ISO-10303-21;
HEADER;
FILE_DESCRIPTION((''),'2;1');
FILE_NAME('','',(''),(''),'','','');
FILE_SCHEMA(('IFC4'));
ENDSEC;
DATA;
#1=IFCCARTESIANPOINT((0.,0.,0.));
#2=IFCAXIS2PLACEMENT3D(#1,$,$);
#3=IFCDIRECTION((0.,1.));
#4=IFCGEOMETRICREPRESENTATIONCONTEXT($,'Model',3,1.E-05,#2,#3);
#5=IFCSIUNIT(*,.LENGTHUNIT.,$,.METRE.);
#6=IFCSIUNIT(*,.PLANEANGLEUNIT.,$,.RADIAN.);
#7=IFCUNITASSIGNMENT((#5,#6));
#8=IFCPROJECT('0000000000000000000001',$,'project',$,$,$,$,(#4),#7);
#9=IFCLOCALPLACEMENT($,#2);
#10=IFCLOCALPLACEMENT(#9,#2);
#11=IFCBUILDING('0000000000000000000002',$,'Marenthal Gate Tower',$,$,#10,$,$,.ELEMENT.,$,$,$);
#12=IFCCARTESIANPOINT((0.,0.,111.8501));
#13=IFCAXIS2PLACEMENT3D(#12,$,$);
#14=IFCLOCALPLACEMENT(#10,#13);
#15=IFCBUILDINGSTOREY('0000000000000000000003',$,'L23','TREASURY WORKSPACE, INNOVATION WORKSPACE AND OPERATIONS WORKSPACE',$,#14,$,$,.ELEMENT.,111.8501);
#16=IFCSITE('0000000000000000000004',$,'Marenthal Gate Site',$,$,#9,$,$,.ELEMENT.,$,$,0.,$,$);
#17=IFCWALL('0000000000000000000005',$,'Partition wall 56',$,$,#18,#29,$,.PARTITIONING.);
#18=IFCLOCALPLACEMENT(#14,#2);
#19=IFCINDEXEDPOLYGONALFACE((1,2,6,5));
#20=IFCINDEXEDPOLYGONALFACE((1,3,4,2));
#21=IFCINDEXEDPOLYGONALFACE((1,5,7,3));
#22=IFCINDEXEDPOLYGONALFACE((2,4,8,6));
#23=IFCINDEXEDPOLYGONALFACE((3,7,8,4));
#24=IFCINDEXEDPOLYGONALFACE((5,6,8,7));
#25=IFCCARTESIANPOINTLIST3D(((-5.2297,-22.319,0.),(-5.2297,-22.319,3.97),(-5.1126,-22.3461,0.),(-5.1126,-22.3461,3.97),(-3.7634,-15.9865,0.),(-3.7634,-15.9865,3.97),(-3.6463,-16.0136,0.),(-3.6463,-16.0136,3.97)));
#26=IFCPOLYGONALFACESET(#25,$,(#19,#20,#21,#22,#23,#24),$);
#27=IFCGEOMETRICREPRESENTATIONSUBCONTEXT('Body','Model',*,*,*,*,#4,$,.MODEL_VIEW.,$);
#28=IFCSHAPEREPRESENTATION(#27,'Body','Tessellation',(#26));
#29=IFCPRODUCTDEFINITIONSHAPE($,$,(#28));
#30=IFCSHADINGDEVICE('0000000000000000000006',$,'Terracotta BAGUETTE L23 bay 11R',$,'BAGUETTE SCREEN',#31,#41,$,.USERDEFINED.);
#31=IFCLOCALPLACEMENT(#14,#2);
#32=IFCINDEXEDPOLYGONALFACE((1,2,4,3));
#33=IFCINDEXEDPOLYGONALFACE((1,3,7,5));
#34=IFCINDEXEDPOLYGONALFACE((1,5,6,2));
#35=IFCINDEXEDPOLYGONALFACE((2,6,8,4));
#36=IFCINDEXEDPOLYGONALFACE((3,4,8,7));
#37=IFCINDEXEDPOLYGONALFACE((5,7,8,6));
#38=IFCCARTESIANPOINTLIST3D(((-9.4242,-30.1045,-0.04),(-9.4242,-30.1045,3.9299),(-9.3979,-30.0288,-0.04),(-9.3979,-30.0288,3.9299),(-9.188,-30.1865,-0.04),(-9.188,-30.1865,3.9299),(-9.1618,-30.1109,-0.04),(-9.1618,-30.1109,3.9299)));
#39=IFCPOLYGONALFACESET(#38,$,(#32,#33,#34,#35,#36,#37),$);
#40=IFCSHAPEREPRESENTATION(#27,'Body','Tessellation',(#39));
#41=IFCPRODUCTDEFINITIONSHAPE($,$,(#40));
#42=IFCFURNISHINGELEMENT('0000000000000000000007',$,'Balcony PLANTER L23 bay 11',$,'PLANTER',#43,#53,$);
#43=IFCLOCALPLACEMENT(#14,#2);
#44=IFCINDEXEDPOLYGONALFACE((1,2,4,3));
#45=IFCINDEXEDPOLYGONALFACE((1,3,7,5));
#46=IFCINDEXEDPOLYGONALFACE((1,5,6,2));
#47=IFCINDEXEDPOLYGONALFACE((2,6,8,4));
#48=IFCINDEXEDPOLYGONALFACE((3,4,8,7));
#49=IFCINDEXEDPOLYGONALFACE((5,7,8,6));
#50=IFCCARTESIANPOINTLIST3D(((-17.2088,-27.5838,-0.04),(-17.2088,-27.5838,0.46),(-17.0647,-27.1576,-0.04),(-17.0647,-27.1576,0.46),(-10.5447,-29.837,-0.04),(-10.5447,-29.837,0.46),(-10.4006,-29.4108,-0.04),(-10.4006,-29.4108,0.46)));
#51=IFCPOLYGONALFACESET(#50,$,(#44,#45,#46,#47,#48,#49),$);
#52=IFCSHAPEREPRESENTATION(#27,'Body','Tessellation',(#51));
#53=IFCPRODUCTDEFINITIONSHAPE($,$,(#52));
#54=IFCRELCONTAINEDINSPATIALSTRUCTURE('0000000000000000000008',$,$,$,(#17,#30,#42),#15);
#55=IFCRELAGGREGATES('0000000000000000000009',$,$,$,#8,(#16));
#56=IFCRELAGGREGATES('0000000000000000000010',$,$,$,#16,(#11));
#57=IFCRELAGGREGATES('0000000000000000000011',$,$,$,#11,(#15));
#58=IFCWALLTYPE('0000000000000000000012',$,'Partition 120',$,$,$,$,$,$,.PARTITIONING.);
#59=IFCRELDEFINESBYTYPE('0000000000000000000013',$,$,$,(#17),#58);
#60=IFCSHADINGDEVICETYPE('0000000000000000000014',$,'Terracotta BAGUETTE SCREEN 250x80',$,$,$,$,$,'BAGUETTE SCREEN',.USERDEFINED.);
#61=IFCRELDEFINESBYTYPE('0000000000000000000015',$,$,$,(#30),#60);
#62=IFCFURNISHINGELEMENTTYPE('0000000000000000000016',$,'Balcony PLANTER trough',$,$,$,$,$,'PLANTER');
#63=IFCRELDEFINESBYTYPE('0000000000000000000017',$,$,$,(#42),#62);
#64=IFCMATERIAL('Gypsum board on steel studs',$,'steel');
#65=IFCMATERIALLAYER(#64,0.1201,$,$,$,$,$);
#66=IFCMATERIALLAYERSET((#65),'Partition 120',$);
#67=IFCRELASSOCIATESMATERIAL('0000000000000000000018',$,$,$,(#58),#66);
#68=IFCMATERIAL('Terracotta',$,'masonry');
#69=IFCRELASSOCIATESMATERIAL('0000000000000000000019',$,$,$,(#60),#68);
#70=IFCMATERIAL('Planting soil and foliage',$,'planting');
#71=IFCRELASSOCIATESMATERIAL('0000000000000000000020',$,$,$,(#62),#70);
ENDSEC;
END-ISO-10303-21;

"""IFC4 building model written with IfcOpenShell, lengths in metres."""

from ifc_helpers import new_model, si_unit, direction, frame, frame_2d, origin, origin_2d, place, context, subcontext, project, spatial, rectangle, extrude, material, layer, layer_set, material_profile, profile_set, type_object, element, save


model = new_model("IFC4")

# Units and contexts
model_context = context("Model", 3, precision=1e-05, world=origin(), true_north=direction((0.0, 1.0)))
body_context = subcontext(model_context, "Body", "Model", "MODEL_VIEW")
ifc_project = project(units=[si_unit("LENGTHUNIT", "METRE"), si_unit("PLANEANGLEUNIT", "RADIAN")], contexts=[model_context])

# Site, building, storey
site_placement = place(None, origin())
site = spatial("IfcSite", under=ifc_project, at=site_placement, Name="Marenthal Gate Site", CompositionType="ELEMENT", RefElevation=0.0)
building_placement = place(site_placement, origin())
building = spatial("IfcBuilding", under=site, at=building_placement, Name="Marenthal Gate Tower", CompositionType="ELEMENT")
storey_placement = place(building_placement, frame((0.0, 0.0, 111.8501)))
storey = spatial("IfcBuildingStorey", under=building, at=storey_placement, Name="L23", Description="TREASURY WORKSPACE, INNOVATION WORKSPACE AND OPERATIONS WORKSPACE", CompositionType="ELEMENT", Elevation=111.8501)

# Wall
ifc_material_1 = material(Name="Gypsum board on steel studs", Category="steel")
ifc_layer_1 = layer(ifc_material_1, 0.1201)
ifc_layer_set_1 = layer_set([ifc_layer_1], Name="Partition 120")
wall_type = type_object("IfcWallType", Name="Partition 120", PredefinedType="PARTITIONING", material=ifc_layer_set_1)
wall_1_placement = place(storey_placement, frame((-5.1711, -22.3325, 0.0), z_axis=(0.0, 0.0, 1.0), x_axis=(0.225584, 0.974224, 0.0)))
element("IfcWall", 1, at=wall_1_placement, inside=storey, type_object=wall_type, Name="Partition wall 56", PredefinedType="PARTITIONING", context=body_context, shape_type="SweptSolid", body=[
    extrude(rectangle(XDim=6.5, YDim=0.1201, at=frame_2d((3.25, 0.0))), origin(), (0.0, 0.0, 1.0), 3.97),
])

# Shading device
ifc_material_2 = material(Name="Terracotta", Category="masonry")
ifc_material_profile_1 = material_profile(ifc_material_2, rectangle(XDim=0.25, YDim=0.0801, at=origin_2d()), Name="Terracotta baguette 250x80")
ifc_profile_set_1 = profile_set([ifc_material_profile_1], Name="Terracotta")
shading_device_type = type_object("IfcShadingDeviceType", Name="Terracotta BAGUETTE SCREEN 250x80", ElementType="BAGUETTE SCREEN", PredefinedType="USERDEFINED", material=ifc_profile_set_1)
shading_device_placement = place(storey_placement, frame((-9.293, -30.1077, -0.04), z_axis=(0.0, 0.0, 1.0), x_axis=(0.944597, -0.328231, 0.0)))
element("IfcShadingDevice", 2, at=shading_device_placement, inside=storey, type_object=shading_device_type, Name="Terracotta BAGUETTE L23 bay 11R", ObjectType="BAGUETTE SCREEN", PredefinedType="USERDEFINED", context=body_context, shape_type="SweptSolid", body=[
    extrude(rectangle(XDim=0.25, YDim=0.0801, at=origin_2d()), origin(), (0.0, 0.0, 1.0), 3.97),
])

# Furnishing element
ifc_material_3 = material(Name="Planting soil and foliage", Category="planting")
furnishing_element_type = type_object("IfcFurnishingElementType", Name="Balcony PLANTER trough", ElementType="PLANTER", material=ifc_material_3)
furnishing_placement = place(storey_placement, frame((-13.8047, -28.4973, -0.04), z_axis=(0.0, 0.0, 1.0), x_axis=(0.947316, -0.3203, 0.0)))
element("IfcFurnishingElement", 3, at=furnishing_placement, inside=storey, type_object=furnishing_element_type, Name="Balcony PLANTER L23 bay 11", ObjectType="PLANTER", context=body_context, shape_type="SweptSolid", body=[
    extrude(rectangle(XDim=7.0347, YDim=0.45, at=origin_2d()), origin(), (0.0, 0.0, 1.0), 0.5),
])

save(model, "model.ifc")
